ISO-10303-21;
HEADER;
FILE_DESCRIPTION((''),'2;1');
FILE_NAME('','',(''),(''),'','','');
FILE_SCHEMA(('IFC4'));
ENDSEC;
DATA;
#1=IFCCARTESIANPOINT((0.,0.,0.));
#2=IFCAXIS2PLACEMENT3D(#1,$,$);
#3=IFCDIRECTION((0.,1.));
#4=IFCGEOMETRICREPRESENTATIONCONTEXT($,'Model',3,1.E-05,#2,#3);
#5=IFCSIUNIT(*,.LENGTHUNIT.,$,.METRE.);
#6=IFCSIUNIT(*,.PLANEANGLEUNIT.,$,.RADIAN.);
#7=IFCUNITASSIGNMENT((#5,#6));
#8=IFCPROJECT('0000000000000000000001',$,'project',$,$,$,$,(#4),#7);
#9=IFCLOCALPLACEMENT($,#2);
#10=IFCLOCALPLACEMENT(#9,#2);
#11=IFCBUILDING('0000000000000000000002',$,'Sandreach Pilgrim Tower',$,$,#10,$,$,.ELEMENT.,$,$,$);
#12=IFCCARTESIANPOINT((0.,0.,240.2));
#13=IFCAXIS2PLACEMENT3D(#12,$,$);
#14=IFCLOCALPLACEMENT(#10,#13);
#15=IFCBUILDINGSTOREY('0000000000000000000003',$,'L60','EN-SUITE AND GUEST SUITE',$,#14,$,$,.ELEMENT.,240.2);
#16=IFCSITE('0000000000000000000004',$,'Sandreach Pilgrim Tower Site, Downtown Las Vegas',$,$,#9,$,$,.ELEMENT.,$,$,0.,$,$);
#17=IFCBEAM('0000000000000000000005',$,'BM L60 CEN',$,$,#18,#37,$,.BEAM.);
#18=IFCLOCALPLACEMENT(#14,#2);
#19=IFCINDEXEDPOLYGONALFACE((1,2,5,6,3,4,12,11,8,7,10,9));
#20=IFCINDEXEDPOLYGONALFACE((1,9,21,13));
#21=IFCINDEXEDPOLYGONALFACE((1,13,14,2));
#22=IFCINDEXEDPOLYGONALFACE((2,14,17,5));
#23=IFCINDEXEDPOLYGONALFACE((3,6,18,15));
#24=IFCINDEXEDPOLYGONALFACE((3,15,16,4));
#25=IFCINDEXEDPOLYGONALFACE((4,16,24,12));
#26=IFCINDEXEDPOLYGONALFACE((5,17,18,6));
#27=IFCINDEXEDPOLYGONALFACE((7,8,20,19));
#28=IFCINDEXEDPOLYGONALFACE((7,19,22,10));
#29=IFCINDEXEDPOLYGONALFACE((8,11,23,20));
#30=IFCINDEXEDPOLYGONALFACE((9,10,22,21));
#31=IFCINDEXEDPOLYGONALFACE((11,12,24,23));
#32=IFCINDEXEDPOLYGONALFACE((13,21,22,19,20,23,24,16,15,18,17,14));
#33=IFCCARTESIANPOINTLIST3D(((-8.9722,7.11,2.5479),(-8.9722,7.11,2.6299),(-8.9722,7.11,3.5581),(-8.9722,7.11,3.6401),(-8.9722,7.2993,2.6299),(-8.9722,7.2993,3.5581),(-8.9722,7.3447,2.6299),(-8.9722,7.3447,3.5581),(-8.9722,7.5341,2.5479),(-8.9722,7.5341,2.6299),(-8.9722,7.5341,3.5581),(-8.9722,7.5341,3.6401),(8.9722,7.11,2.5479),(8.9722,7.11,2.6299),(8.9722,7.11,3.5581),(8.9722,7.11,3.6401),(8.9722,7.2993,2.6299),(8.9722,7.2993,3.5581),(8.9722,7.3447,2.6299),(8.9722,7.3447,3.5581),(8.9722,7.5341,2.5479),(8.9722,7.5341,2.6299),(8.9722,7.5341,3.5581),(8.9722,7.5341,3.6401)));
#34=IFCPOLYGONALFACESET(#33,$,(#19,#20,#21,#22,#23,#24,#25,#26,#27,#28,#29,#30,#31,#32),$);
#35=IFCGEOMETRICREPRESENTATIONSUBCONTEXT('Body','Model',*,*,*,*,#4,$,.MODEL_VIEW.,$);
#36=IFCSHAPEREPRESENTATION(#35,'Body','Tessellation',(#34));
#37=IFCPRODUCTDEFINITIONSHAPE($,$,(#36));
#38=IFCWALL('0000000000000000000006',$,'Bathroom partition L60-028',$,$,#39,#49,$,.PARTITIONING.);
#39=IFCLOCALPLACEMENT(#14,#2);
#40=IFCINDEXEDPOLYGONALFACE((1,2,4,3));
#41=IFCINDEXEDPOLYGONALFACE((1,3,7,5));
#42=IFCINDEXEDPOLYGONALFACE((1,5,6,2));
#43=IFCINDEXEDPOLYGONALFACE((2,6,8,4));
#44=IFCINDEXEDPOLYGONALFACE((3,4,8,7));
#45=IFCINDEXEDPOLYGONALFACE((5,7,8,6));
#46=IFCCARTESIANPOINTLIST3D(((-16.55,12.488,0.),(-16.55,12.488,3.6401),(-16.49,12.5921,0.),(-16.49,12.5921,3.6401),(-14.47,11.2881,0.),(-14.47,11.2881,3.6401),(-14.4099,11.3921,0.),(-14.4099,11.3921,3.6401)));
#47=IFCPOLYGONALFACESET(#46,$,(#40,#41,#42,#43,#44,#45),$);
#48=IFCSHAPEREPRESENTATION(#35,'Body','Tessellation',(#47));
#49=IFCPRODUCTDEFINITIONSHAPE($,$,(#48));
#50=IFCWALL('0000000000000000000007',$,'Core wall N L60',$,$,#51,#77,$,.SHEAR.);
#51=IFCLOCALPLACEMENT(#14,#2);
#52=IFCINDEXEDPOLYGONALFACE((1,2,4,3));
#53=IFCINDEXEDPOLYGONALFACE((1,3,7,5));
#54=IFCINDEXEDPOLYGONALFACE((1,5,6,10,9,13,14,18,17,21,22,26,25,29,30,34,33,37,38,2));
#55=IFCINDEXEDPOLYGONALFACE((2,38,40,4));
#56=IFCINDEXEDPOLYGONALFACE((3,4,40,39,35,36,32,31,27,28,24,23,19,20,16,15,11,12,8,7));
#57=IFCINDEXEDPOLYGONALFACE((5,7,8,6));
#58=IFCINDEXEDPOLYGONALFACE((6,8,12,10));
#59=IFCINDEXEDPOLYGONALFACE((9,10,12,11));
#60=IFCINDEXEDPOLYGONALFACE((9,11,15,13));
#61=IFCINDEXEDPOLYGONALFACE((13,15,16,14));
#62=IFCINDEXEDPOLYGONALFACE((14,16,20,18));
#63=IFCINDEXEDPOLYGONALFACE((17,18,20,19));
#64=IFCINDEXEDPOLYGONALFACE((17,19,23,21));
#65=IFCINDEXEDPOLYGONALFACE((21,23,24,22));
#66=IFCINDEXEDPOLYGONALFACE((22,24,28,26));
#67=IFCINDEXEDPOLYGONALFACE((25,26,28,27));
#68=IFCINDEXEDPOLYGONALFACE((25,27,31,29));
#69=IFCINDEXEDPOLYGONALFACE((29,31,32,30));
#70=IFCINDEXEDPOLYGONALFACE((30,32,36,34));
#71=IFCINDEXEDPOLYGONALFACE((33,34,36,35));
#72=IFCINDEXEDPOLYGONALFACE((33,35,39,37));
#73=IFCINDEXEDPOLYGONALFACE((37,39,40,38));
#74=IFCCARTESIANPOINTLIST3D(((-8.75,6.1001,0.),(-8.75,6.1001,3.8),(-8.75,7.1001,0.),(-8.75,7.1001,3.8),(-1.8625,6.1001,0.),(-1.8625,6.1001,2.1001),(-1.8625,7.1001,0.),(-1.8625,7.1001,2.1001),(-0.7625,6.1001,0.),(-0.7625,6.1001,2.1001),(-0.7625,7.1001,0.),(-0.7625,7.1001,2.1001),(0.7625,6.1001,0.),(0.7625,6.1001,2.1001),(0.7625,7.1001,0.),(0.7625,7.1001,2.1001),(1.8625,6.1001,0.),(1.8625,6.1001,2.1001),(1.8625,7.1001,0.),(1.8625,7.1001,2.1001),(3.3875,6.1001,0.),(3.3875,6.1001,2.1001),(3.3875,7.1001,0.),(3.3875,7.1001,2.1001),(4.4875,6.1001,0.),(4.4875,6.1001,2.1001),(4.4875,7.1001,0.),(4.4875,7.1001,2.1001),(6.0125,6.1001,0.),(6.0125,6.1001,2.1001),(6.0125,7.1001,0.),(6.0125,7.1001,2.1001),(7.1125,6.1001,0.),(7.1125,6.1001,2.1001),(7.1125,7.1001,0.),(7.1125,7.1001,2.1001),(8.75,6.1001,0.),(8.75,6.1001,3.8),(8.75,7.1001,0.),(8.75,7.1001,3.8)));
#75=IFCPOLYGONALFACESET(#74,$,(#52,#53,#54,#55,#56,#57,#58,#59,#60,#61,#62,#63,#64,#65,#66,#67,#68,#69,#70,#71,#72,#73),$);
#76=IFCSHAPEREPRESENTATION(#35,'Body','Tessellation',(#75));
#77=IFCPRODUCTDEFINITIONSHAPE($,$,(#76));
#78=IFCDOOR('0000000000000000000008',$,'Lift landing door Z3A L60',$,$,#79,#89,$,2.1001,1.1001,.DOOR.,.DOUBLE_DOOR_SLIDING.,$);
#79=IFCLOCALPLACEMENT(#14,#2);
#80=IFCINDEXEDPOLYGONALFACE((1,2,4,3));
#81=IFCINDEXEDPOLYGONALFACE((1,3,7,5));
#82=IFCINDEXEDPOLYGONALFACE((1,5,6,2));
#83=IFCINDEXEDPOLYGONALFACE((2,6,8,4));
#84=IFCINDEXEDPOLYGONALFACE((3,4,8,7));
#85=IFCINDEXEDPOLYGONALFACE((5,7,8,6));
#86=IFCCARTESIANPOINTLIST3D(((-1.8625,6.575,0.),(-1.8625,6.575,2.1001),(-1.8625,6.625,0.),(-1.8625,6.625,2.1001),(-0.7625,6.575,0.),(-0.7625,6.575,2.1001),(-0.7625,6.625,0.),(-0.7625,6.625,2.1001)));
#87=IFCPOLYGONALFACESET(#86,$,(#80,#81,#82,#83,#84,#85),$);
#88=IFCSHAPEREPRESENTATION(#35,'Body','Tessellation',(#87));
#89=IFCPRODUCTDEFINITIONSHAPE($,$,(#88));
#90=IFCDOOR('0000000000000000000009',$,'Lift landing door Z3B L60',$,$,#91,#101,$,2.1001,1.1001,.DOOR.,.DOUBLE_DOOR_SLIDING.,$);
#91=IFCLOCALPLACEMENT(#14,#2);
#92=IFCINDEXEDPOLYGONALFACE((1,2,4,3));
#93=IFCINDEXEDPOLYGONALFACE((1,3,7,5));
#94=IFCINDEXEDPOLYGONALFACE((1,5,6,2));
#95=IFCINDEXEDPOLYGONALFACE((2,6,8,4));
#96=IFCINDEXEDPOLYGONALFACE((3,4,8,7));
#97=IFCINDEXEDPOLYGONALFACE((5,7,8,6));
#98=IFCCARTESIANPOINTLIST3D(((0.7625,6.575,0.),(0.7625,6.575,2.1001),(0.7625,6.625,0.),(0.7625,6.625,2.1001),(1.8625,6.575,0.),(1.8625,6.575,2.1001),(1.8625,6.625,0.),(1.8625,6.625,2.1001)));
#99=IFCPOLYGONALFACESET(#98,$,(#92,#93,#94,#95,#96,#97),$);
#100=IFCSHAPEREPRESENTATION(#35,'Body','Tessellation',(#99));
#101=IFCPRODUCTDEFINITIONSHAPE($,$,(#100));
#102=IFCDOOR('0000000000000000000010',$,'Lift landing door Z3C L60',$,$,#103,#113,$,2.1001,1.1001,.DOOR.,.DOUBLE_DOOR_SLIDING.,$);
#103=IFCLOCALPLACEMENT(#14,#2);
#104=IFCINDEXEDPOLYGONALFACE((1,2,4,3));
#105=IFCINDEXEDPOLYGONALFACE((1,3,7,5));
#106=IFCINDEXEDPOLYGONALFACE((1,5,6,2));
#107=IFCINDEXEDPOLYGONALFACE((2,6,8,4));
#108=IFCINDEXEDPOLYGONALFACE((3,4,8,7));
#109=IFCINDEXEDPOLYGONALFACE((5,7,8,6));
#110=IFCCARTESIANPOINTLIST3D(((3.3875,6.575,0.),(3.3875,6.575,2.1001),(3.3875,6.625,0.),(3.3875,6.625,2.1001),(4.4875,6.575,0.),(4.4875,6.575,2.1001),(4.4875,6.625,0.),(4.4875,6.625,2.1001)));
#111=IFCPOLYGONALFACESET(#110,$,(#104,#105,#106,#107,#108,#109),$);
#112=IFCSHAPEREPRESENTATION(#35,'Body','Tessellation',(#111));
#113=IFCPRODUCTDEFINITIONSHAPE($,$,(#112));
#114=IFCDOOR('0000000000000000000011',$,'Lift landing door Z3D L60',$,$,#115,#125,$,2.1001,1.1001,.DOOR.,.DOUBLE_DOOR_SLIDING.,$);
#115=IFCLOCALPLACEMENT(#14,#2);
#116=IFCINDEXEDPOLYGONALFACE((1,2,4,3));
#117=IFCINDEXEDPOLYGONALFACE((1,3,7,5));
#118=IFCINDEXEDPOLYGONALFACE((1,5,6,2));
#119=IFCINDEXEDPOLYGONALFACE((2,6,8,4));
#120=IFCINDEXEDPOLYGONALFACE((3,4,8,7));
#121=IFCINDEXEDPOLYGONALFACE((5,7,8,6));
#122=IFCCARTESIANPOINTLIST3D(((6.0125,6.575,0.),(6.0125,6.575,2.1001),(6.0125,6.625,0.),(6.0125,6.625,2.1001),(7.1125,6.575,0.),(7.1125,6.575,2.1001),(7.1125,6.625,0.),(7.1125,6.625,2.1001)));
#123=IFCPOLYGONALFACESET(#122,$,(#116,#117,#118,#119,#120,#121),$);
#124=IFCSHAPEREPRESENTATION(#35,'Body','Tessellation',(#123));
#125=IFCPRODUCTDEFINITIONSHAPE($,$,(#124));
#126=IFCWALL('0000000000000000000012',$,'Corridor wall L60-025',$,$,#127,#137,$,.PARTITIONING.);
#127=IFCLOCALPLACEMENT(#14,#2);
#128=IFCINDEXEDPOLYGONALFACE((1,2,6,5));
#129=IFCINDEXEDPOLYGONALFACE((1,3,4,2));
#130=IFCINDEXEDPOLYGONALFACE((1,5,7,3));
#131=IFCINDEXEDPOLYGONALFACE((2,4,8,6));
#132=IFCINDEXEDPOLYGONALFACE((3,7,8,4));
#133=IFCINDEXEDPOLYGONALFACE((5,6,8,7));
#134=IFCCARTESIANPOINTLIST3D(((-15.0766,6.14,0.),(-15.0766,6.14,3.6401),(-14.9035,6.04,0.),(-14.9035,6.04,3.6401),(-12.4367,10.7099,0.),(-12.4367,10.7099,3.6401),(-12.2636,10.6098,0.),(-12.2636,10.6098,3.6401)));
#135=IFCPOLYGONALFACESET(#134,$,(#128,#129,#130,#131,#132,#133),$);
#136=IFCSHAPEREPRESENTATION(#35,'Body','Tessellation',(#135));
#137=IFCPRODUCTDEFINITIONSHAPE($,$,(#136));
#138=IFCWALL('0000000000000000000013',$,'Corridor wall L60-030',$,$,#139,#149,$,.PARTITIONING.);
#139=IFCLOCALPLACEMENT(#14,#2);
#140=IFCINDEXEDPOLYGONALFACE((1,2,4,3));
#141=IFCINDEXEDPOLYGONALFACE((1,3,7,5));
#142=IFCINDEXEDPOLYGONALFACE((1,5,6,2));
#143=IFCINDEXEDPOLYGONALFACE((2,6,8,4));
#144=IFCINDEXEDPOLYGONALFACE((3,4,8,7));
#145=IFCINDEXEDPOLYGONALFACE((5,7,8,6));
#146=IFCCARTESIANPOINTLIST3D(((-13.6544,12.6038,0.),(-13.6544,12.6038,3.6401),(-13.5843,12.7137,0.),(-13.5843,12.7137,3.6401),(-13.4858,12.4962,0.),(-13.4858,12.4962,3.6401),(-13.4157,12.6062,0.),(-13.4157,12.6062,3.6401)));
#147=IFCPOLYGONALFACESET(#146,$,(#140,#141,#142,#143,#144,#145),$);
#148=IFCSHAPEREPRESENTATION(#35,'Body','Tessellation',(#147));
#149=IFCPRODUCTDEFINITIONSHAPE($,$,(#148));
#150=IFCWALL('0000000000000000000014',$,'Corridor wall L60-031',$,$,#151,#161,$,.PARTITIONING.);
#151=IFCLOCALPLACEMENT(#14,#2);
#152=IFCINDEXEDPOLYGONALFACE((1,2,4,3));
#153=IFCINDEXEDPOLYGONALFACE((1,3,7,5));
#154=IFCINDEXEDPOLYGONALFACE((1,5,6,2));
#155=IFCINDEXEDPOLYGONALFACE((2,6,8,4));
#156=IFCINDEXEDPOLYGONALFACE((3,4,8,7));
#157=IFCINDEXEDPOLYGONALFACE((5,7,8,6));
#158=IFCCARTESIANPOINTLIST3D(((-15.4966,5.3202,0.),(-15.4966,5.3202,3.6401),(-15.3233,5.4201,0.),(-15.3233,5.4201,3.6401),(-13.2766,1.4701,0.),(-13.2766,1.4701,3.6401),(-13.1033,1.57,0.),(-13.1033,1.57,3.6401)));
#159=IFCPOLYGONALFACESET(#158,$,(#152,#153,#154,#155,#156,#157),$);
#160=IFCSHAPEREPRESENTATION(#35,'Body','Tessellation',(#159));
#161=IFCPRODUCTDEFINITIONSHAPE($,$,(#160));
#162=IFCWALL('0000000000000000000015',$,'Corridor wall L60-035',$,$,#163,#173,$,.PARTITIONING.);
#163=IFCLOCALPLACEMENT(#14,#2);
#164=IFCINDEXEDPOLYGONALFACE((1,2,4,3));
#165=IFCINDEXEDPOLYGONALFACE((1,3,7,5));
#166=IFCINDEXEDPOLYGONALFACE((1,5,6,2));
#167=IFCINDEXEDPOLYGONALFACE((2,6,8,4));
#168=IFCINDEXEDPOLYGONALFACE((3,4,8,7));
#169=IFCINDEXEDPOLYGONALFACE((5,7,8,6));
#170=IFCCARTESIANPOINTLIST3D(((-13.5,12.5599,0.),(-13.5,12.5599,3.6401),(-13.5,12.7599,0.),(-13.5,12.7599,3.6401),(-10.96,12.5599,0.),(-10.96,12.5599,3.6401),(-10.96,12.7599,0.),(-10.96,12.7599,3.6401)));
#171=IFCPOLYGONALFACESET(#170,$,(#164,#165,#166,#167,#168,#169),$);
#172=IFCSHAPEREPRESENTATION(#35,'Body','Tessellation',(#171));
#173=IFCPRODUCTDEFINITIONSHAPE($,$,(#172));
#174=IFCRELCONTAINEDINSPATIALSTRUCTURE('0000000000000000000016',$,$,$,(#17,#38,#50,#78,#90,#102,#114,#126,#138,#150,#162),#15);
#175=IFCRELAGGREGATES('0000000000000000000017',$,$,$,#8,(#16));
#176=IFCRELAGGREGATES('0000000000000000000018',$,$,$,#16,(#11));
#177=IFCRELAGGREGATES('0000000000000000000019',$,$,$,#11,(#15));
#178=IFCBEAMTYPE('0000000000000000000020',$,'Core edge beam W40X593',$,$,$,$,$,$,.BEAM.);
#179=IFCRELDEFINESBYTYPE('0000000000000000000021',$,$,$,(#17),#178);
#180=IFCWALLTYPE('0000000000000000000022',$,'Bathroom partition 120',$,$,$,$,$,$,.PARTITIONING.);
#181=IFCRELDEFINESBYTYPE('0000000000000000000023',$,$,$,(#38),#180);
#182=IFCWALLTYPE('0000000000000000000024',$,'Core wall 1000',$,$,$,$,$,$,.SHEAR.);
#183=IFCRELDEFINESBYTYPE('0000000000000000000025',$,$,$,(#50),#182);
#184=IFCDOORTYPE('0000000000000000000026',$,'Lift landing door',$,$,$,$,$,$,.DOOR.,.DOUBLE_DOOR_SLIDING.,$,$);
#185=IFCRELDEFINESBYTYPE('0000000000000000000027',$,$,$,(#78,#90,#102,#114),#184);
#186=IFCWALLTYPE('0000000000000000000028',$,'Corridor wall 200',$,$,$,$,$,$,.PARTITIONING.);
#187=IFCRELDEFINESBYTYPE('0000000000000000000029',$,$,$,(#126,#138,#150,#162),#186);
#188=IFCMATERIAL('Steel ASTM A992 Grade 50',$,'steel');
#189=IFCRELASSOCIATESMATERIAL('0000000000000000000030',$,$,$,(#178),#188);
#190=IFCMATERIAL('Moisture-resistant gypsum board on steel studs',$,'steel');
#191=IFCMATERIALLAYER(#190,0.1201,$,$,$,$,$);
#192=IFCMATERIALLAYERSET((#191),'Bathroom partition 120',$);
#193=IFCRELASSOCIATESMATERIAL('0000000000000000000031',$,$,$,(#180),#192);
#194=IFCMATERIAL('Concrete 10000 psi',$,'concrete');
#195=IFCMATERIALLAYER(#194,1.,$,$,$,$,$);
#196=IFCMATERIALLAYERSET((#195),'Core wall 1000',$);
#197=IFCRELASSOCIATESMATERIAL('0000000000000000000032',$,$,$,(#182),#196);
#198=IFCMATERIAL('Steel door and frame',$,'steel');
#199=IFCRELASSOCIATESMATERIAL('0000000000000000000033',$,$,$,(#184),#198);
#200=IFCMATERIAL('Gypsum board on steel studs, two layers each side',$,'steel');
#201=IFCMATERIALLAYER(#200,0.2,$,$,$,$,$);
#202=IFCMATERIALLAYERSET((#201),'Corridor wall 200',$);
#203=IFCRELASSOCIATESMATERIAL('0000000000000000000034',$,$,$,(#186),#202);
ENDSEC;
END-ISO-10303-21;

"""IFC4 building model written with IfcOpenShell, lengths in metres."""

from ifc_helpers import new_model, si_unit, direction, frame, frame_2d, origin, origin_2d, place, context, subcontext, project, spatial, rectangle, i_section, extrude, material, layer, layer_set, material_profile, profile_set, type_object, element, fill, save


model = new_model("IFC4")

# Units and contexts
model_context = context("Model", 3, precision=1e-05, world=origin(), true_north=direction((0.0, 1.0)))
body_context = subcontext(model_context, "Body", "Model", "MODEL_VIEW")
ifc_project = project(units=[si_unit("LENGTHUNIT", "METRE"), si_unit("PLANEANGLEUNIT", "RADIAN")], contexts=[model_context])

# Site, building, storey
site_placement = place(None, origin())
site = spatial("IfcSite", under=ifc_project, at=site_placement, Name="Sandreach Pilgrim Tower Site, Downtown Las Vegas", CompositionType="ELEMENT", RefElevation=0.0)
building_placement = place(site_placement, origin())
building = spatial("IfcBuilding", under=site, at=building_placement, Name="Sandreach Pilgrim Tower", CompositionType="ELEMENT")
storey_placement = place(building_placement, frame((0.0, 0.0, 240.2)))
storey = spatial("IfcBuildingStorey", under=building, at=storey_placement, Name="L60", Description="EN-SUITE AND GUEST SUITE", CompositionType="ELEMENT", Elevation=240.2)

# Beam
ifc_material_1 = material(Name="Steel ASTM A992 Grade 50", Category="steel")
ifc_material_profile = material_profile(ifc_material_1, i_section(OverallWidth=0.4241, OverallDepth=1.0923, WebThickness=0.0454, FlangeThickness=0.082, at=origin_2d()), Name="W40X593")
ifc_profile_set = profile_set([ifc_material_profile], Name="Steel ASTM A992 Grade 50")
beam_type = type_object("IfcBeamType", Name="Core edge beam W40X593", PredefinedType="BEAM", material=ifc_profile_set)
beam_placement = place(storey_placement, frame((-8.9722, 7.322, 3.094), z_axis=(1.0, 0.0, 0.0), x_axis=(0.0, 1.0, 0.0)))
element("IfcBeam", 1, at=beam_placement, inside=storey, type_object=beam_type, Name="BM L60 CEN", PredefinedType="BEAM", context=body_context, shape_type="SweptSolid", body=[
    extrude(i_section(OverallWidth=0.4241, OverallDepth=1.0923, WebThickness=0.0454, FlangeThickness=0.082, at=origin_2d()), origin(), (0.0, 0.0, 1.0), 17.9443),
])

# Wall
ifc_material_2 = material(Name="Moisture-resistant gypsum board on steel studs", Category="steel")
ifc_layer_1 = layer(ifc_material_2, 0.1201)
ifc_layer_set_1 = layer_set([ifc_layer_1], Name="Bathroom partition 120")
wall_type_1 = type_object("IfcWallType", Name="Bathroom partition 120", PredefinedType="PARTITIONING", material=ifc_layer_set_1)
wall_1_placement = place(storey_placement, frame((-14.4399, 11.3401, 0.0), z_axis=(0.0, 0.0, 1.0), x_axis=(-0.866203, 0.499693, 0.0)))
element("IfcWall", 2, at=wall_1_placement, inside=storey, type_object=wall_type_1, Name="Bathroom partition L60-028", PredefinedType="PARTITIONING", context=body_context, shape_type="SweptSolid", body=[
    extrude(rectangle(XDim=2.4014, YDim=0.1201, at=frame_2d((1.2007, 0.0))), origin(), (0.0, 0.0, 1.0), 3.6401),
])

# Wall, openings, doors
ifc_material_3 = material(Name="Concrete 10000 psi", Category="concrete")
ifc_layer_2 = layer(ifc_material_3, 1.0)
ifc_layer_set_2 = layer_set([ifc_layer_2], Name="Core wall 1000")
wall_type_2 = type_object("IfcWallType", Name="Core wall 1000", PredefinedType="SHEAR", material=ifc_layer_set_2)
wall_2_placement = place(storey_placement, frame((-8.75, 6.6001, 0.0), z_axis=(0.0, 0.0, 1.0), x_axis=(1.0, 0.0, 0.0)))
wall_2 = element("IfcWall", 3, at=wall_2_placement, inside=storey, type_object=wall_type_2, Name="Core wall N L60", PredefinedType="SHEAR", context=body_context, shape_type="SweptSolid", body=[
    extrude(rectangle(XDim=17.5, YDim=1.0, at=frame_2d((8.75, 0.0))), origin(), (0.0, 0.0, 1.0), 3.8),
])
opening_1_placement = place(wall_2_placement, frame((6.8875, 0.0, 0.0)))
opening_1 = element("IfcOpeningElement", 4, at=opening_1_placement, cuts=wall_2, PredefinedType="OPENING", context=body_context, shape_type="SweptSolid", body=[
    extrude(rectangle(XDim=1.1001, YDim=2.1001, at=frame_2d((0.55, 1.05))), frame((0.0, 0.5, 0.0), z_axis=(0.0, -1.0, 0.0), x_axis=(1.0, 0.0, 0.0)), (0.0, 0.0, 1.0), 1.0),
])
opening_2_placement = place(wall_2_placement, frame((9.5125, 0.0, 0.0)))
opening_2 = element("IfcOpeningElement", 5, at=opening_2_placement, cuts=wall_2, PredefinedType="OPENING", context=body_context, shape_type="SweptSolid", body=[
    extrude(rectangle(XDim=1.1001, YDim=2.1001, at=frame_2d((0.55, 1.05))), frame((0.0, 0.5, 0.0), z_axis=(0.0, -1.0, 0.0), x_axis=(1.0, 0.0, 0.0)), (0.0, 0.0, 1.0), 1.0),
])
opening_3_placement = place(wall_2_placement, frame((12.1375, 0.0, 0.0)))
opening_3 = element("IfcOpeningElement", 6, at=opening_3_placement, cuts=wall_2, PredefinedType="OPENING", context=body_context, shape_type="SweptSolid", body=[
    extrude(rectangle(XDim=1.1001, YDim=2.1001, at=frame_2d((0.55, 1.05))), frame((0.0, 0.5, 0.0), z_axis=(0.0, -1.0, 0.0), x_axis=(1.0, 0.0, 0.0)), (0.0, 0.0, 1.0), 1.0),
])
opening_4_placement = place(wall_2_placement, frame((14.7625, 0.0, 0.0)))
opening_4 = element("IfcOpeningElement", 7, at=opening_4_placement, cuts=wall_2, PredefinedType="OPENING", context=body_context, shape_type="SweptSolid", body=[
    extrude(rectangle(XDim=1.1001, YDim=2.1001, at=frame_2d((0.55, 1.05))), frame((0.0, 0.5, 0.0), z_axis=(0.0, -1.0, 0.0), x_axis=(1.0, 0.0, 0.0)), (0.0, 0.0, 1.0), 1.0),
])
ifc_material_4 = material(Name="Steel door and frame", Category="steel")
door_type_1 = type_object("IfcDoorType", Name="Lift landing door", OperationType="DOUBLE_DOOR_SLIDING", PredefinedType="DOOR", material=ifc_material_4)
door_1_placement = place(opening_1_placement, origin())
door_1 = element("IfcDoor", 8, at=door_1_placement, inside=storey, type_object=door_type_1, Name="Lift landing door Z3A L60", OperationType="DOUBLE_DOOR_SLIDING", OverallHeight=2.1001, OverallWidth=1.1001, PredefinedType="DOOR", context=body_context, shape_type="SweptSolid", body=[
    extrude(rectangle(XDim=1.1001, YDim=2.1001, at=frame_2d((0.55, 1.05))), frame((0.0, 0.0249, 0.0), z_axis=(0.0, -1.0, 0.0), x_axis=(1.0, 0.0, 0.0)), (0.0, 0.0, 1.0), 0.05),
])
fill(opening_1, door_1)
door_2_placement = place(opening_2_placement, origin())
door_2 = element("IfcDoor", 9, at=door_2_placement, inside=storey, type_object=door_type_1, Name="Lift landing door Z3B L60", OperationType="DOUBLE_DOOR_SLIDING", OverallHeight=2.1001, OverallWidth=1.1001, PredefinedType="DOOR", context=body_context, shape_type="SweptSolid", body=[
    extrude(rectangle(XDim=1.1001, YDim=2.1001, at=frame_2d((0.55, 1.05))), frame((0.0, 0.0249, 0.0), z_axis=(0.0, -1.0, 0.0), x_axis=(1.0, 0.0, 0.0)), (0.0, 0.0, 1.0), 0.05),
])
fill(opening_2, door_2)
door_3_placement = place(opening_3_placement, origin())
door_3 = element("IfcDoor", 10, at=door_3_placement, inside=storey, type_object=door_type_1, Name="Lift landing door Z3C L60", OperationType="DOUBLE_DOOR_SLIDING", OverallHeight=2.1001, OverallWidth=1.1001, PredefinedType="DOOR", context=body_context, shape_type="SweptSolid", body=[
    extrude(rectangle(XDim=1.1001, YDim=2.1001, at=frame_2d((0.55, 1.05))), frame((0.0, 0.0249, 0.0), z_axis=(0.0, -1.0, 0.0), x_axis=(1.0, 0.0, 0.0)), (0.0, 0.0, 1.0), 0.05),
])
fill(opening_3, door_3)
door_4_placement = place(opening_4_placement, origin())
door_4 = element("IfcDoor", 11, at=door_4_placement, inside=storey, type_object=door_type_1, Name="Lift landing door Z3D L60", OperationType="DOUBLE_DOOR_SLIDING", OverallHeight=2.1001, OverallWidth=1.1001, PredefinedType="DOOR", context=body_context, shape_type="SweptSolid", body=[
    extrude(rectangle(XDim=1.1001, YDim=2.1001, at=frame_2d((0.55, 1.05))), frame((0.0, 0.0249, 0.0), z_axis=(0.0, -1.0, 0.0), x_axis=(1.0, 0.0, 0.0)), (0.0, 0.0, 1.0), 0.05),
])
fill(opening_4, door_4)

# Walls
ifc_material_5 = material(Name="Gypsum board on steel studs, two layers each side", Category="steel")
ifc_layer_3 = layer(ifc_material_5, 0.2)
ifc_layer_set_3 = layer_set([ifc_layer_3], Name="Corridor wall 200")
wall_type_3 = type_object("IfcWallType", Name="Corridor wall 200", PredefinedType="PARTITIONING", material=ifc_layer_set_3)
wall_3_placement = place(storey_placement, frame((-14.99, 6.0901, 0.0), z_axis=(0.0, 0.0, 1.0), x_axis=(0.500214, 0.865902, 0.0)))
element("IfcWall", 12, at=wall_3_placement, inside=storey, type_object=wall_type_3, Name="Corridor wall L60-025", PredefinedType="PARTITIONING", context=body_context, shape_type="SweptSolid", body=[
    extrude(rectangle(XDim=5.2776, YDim=0.2, at=frame_2d((2.6387, 0.0))), origin(), (0.0, 0.0, 1.0), 3.6401),
])
wall_4_placement = place(storey_placement, frame((-13.5, 12.6599, 0.0), z_axis=(0.0, 0.0, 1.0), x_axis=(-0.537724, -0.843121, 0.0)))
element("IfcWall", 13, at=wall_4_placement, inside=storey, type_object=wall_type_3, Name="Corridor wall L60-030", PredefinedType="PARTITIONING", context=body_context, shape_type="SweptSolid", body=[
    extrude(rectangle(XDim=0.1304, YDim=0.2, at=frame_2d((0.0652, 0.0))), origin(), (0.0, 0.0, 1.0), 3.6401),
])
wall_5_placement = place(storey_placement, frame((-13.1899, 1.52, 0.0), z_axis=(0.0, 0.0, 1.0), x_axis=(-0.499513, 0.866306, 0.0)))
element("IfcWall", 14, at=wall_5_placement, inside=storey, type_object=wall_type_3, Name="Corridor wall L60-031", PredefinedType="PARTITIONING", context=body_context, shape_type="SweptSolid", body=[
    extrude(rectangle(XDim=4.4443, YDim=0.2, at=frame_2d((2.2222, 0.0))), origin(), (0.0, 0.0, 1.0), 3.6401),
])

# Wall
wall_6_placement = place(storey_placement, frame((-10.96, 12.6599, 0.0), z_axis=(0.0, 0.0, 1.0), x_axis=(-1.0, 0.0, 0.0)))
element("IfcWall", 15, at=wall_6_placement, inside=storey, type_object=wall_type_3, Name="Corridor wall L60-035", PredefinedType="PARTITIONING", context=body_context, shape_type="SweptSolid", body=[
    extrude(rectangle(XDim=2.54, YDim=0.2, at=frame_2d((1.27, 0.0))), origin(), (0.0, 0.0, 1.0), 3.6401),
])

save(model, "model.ifc")
